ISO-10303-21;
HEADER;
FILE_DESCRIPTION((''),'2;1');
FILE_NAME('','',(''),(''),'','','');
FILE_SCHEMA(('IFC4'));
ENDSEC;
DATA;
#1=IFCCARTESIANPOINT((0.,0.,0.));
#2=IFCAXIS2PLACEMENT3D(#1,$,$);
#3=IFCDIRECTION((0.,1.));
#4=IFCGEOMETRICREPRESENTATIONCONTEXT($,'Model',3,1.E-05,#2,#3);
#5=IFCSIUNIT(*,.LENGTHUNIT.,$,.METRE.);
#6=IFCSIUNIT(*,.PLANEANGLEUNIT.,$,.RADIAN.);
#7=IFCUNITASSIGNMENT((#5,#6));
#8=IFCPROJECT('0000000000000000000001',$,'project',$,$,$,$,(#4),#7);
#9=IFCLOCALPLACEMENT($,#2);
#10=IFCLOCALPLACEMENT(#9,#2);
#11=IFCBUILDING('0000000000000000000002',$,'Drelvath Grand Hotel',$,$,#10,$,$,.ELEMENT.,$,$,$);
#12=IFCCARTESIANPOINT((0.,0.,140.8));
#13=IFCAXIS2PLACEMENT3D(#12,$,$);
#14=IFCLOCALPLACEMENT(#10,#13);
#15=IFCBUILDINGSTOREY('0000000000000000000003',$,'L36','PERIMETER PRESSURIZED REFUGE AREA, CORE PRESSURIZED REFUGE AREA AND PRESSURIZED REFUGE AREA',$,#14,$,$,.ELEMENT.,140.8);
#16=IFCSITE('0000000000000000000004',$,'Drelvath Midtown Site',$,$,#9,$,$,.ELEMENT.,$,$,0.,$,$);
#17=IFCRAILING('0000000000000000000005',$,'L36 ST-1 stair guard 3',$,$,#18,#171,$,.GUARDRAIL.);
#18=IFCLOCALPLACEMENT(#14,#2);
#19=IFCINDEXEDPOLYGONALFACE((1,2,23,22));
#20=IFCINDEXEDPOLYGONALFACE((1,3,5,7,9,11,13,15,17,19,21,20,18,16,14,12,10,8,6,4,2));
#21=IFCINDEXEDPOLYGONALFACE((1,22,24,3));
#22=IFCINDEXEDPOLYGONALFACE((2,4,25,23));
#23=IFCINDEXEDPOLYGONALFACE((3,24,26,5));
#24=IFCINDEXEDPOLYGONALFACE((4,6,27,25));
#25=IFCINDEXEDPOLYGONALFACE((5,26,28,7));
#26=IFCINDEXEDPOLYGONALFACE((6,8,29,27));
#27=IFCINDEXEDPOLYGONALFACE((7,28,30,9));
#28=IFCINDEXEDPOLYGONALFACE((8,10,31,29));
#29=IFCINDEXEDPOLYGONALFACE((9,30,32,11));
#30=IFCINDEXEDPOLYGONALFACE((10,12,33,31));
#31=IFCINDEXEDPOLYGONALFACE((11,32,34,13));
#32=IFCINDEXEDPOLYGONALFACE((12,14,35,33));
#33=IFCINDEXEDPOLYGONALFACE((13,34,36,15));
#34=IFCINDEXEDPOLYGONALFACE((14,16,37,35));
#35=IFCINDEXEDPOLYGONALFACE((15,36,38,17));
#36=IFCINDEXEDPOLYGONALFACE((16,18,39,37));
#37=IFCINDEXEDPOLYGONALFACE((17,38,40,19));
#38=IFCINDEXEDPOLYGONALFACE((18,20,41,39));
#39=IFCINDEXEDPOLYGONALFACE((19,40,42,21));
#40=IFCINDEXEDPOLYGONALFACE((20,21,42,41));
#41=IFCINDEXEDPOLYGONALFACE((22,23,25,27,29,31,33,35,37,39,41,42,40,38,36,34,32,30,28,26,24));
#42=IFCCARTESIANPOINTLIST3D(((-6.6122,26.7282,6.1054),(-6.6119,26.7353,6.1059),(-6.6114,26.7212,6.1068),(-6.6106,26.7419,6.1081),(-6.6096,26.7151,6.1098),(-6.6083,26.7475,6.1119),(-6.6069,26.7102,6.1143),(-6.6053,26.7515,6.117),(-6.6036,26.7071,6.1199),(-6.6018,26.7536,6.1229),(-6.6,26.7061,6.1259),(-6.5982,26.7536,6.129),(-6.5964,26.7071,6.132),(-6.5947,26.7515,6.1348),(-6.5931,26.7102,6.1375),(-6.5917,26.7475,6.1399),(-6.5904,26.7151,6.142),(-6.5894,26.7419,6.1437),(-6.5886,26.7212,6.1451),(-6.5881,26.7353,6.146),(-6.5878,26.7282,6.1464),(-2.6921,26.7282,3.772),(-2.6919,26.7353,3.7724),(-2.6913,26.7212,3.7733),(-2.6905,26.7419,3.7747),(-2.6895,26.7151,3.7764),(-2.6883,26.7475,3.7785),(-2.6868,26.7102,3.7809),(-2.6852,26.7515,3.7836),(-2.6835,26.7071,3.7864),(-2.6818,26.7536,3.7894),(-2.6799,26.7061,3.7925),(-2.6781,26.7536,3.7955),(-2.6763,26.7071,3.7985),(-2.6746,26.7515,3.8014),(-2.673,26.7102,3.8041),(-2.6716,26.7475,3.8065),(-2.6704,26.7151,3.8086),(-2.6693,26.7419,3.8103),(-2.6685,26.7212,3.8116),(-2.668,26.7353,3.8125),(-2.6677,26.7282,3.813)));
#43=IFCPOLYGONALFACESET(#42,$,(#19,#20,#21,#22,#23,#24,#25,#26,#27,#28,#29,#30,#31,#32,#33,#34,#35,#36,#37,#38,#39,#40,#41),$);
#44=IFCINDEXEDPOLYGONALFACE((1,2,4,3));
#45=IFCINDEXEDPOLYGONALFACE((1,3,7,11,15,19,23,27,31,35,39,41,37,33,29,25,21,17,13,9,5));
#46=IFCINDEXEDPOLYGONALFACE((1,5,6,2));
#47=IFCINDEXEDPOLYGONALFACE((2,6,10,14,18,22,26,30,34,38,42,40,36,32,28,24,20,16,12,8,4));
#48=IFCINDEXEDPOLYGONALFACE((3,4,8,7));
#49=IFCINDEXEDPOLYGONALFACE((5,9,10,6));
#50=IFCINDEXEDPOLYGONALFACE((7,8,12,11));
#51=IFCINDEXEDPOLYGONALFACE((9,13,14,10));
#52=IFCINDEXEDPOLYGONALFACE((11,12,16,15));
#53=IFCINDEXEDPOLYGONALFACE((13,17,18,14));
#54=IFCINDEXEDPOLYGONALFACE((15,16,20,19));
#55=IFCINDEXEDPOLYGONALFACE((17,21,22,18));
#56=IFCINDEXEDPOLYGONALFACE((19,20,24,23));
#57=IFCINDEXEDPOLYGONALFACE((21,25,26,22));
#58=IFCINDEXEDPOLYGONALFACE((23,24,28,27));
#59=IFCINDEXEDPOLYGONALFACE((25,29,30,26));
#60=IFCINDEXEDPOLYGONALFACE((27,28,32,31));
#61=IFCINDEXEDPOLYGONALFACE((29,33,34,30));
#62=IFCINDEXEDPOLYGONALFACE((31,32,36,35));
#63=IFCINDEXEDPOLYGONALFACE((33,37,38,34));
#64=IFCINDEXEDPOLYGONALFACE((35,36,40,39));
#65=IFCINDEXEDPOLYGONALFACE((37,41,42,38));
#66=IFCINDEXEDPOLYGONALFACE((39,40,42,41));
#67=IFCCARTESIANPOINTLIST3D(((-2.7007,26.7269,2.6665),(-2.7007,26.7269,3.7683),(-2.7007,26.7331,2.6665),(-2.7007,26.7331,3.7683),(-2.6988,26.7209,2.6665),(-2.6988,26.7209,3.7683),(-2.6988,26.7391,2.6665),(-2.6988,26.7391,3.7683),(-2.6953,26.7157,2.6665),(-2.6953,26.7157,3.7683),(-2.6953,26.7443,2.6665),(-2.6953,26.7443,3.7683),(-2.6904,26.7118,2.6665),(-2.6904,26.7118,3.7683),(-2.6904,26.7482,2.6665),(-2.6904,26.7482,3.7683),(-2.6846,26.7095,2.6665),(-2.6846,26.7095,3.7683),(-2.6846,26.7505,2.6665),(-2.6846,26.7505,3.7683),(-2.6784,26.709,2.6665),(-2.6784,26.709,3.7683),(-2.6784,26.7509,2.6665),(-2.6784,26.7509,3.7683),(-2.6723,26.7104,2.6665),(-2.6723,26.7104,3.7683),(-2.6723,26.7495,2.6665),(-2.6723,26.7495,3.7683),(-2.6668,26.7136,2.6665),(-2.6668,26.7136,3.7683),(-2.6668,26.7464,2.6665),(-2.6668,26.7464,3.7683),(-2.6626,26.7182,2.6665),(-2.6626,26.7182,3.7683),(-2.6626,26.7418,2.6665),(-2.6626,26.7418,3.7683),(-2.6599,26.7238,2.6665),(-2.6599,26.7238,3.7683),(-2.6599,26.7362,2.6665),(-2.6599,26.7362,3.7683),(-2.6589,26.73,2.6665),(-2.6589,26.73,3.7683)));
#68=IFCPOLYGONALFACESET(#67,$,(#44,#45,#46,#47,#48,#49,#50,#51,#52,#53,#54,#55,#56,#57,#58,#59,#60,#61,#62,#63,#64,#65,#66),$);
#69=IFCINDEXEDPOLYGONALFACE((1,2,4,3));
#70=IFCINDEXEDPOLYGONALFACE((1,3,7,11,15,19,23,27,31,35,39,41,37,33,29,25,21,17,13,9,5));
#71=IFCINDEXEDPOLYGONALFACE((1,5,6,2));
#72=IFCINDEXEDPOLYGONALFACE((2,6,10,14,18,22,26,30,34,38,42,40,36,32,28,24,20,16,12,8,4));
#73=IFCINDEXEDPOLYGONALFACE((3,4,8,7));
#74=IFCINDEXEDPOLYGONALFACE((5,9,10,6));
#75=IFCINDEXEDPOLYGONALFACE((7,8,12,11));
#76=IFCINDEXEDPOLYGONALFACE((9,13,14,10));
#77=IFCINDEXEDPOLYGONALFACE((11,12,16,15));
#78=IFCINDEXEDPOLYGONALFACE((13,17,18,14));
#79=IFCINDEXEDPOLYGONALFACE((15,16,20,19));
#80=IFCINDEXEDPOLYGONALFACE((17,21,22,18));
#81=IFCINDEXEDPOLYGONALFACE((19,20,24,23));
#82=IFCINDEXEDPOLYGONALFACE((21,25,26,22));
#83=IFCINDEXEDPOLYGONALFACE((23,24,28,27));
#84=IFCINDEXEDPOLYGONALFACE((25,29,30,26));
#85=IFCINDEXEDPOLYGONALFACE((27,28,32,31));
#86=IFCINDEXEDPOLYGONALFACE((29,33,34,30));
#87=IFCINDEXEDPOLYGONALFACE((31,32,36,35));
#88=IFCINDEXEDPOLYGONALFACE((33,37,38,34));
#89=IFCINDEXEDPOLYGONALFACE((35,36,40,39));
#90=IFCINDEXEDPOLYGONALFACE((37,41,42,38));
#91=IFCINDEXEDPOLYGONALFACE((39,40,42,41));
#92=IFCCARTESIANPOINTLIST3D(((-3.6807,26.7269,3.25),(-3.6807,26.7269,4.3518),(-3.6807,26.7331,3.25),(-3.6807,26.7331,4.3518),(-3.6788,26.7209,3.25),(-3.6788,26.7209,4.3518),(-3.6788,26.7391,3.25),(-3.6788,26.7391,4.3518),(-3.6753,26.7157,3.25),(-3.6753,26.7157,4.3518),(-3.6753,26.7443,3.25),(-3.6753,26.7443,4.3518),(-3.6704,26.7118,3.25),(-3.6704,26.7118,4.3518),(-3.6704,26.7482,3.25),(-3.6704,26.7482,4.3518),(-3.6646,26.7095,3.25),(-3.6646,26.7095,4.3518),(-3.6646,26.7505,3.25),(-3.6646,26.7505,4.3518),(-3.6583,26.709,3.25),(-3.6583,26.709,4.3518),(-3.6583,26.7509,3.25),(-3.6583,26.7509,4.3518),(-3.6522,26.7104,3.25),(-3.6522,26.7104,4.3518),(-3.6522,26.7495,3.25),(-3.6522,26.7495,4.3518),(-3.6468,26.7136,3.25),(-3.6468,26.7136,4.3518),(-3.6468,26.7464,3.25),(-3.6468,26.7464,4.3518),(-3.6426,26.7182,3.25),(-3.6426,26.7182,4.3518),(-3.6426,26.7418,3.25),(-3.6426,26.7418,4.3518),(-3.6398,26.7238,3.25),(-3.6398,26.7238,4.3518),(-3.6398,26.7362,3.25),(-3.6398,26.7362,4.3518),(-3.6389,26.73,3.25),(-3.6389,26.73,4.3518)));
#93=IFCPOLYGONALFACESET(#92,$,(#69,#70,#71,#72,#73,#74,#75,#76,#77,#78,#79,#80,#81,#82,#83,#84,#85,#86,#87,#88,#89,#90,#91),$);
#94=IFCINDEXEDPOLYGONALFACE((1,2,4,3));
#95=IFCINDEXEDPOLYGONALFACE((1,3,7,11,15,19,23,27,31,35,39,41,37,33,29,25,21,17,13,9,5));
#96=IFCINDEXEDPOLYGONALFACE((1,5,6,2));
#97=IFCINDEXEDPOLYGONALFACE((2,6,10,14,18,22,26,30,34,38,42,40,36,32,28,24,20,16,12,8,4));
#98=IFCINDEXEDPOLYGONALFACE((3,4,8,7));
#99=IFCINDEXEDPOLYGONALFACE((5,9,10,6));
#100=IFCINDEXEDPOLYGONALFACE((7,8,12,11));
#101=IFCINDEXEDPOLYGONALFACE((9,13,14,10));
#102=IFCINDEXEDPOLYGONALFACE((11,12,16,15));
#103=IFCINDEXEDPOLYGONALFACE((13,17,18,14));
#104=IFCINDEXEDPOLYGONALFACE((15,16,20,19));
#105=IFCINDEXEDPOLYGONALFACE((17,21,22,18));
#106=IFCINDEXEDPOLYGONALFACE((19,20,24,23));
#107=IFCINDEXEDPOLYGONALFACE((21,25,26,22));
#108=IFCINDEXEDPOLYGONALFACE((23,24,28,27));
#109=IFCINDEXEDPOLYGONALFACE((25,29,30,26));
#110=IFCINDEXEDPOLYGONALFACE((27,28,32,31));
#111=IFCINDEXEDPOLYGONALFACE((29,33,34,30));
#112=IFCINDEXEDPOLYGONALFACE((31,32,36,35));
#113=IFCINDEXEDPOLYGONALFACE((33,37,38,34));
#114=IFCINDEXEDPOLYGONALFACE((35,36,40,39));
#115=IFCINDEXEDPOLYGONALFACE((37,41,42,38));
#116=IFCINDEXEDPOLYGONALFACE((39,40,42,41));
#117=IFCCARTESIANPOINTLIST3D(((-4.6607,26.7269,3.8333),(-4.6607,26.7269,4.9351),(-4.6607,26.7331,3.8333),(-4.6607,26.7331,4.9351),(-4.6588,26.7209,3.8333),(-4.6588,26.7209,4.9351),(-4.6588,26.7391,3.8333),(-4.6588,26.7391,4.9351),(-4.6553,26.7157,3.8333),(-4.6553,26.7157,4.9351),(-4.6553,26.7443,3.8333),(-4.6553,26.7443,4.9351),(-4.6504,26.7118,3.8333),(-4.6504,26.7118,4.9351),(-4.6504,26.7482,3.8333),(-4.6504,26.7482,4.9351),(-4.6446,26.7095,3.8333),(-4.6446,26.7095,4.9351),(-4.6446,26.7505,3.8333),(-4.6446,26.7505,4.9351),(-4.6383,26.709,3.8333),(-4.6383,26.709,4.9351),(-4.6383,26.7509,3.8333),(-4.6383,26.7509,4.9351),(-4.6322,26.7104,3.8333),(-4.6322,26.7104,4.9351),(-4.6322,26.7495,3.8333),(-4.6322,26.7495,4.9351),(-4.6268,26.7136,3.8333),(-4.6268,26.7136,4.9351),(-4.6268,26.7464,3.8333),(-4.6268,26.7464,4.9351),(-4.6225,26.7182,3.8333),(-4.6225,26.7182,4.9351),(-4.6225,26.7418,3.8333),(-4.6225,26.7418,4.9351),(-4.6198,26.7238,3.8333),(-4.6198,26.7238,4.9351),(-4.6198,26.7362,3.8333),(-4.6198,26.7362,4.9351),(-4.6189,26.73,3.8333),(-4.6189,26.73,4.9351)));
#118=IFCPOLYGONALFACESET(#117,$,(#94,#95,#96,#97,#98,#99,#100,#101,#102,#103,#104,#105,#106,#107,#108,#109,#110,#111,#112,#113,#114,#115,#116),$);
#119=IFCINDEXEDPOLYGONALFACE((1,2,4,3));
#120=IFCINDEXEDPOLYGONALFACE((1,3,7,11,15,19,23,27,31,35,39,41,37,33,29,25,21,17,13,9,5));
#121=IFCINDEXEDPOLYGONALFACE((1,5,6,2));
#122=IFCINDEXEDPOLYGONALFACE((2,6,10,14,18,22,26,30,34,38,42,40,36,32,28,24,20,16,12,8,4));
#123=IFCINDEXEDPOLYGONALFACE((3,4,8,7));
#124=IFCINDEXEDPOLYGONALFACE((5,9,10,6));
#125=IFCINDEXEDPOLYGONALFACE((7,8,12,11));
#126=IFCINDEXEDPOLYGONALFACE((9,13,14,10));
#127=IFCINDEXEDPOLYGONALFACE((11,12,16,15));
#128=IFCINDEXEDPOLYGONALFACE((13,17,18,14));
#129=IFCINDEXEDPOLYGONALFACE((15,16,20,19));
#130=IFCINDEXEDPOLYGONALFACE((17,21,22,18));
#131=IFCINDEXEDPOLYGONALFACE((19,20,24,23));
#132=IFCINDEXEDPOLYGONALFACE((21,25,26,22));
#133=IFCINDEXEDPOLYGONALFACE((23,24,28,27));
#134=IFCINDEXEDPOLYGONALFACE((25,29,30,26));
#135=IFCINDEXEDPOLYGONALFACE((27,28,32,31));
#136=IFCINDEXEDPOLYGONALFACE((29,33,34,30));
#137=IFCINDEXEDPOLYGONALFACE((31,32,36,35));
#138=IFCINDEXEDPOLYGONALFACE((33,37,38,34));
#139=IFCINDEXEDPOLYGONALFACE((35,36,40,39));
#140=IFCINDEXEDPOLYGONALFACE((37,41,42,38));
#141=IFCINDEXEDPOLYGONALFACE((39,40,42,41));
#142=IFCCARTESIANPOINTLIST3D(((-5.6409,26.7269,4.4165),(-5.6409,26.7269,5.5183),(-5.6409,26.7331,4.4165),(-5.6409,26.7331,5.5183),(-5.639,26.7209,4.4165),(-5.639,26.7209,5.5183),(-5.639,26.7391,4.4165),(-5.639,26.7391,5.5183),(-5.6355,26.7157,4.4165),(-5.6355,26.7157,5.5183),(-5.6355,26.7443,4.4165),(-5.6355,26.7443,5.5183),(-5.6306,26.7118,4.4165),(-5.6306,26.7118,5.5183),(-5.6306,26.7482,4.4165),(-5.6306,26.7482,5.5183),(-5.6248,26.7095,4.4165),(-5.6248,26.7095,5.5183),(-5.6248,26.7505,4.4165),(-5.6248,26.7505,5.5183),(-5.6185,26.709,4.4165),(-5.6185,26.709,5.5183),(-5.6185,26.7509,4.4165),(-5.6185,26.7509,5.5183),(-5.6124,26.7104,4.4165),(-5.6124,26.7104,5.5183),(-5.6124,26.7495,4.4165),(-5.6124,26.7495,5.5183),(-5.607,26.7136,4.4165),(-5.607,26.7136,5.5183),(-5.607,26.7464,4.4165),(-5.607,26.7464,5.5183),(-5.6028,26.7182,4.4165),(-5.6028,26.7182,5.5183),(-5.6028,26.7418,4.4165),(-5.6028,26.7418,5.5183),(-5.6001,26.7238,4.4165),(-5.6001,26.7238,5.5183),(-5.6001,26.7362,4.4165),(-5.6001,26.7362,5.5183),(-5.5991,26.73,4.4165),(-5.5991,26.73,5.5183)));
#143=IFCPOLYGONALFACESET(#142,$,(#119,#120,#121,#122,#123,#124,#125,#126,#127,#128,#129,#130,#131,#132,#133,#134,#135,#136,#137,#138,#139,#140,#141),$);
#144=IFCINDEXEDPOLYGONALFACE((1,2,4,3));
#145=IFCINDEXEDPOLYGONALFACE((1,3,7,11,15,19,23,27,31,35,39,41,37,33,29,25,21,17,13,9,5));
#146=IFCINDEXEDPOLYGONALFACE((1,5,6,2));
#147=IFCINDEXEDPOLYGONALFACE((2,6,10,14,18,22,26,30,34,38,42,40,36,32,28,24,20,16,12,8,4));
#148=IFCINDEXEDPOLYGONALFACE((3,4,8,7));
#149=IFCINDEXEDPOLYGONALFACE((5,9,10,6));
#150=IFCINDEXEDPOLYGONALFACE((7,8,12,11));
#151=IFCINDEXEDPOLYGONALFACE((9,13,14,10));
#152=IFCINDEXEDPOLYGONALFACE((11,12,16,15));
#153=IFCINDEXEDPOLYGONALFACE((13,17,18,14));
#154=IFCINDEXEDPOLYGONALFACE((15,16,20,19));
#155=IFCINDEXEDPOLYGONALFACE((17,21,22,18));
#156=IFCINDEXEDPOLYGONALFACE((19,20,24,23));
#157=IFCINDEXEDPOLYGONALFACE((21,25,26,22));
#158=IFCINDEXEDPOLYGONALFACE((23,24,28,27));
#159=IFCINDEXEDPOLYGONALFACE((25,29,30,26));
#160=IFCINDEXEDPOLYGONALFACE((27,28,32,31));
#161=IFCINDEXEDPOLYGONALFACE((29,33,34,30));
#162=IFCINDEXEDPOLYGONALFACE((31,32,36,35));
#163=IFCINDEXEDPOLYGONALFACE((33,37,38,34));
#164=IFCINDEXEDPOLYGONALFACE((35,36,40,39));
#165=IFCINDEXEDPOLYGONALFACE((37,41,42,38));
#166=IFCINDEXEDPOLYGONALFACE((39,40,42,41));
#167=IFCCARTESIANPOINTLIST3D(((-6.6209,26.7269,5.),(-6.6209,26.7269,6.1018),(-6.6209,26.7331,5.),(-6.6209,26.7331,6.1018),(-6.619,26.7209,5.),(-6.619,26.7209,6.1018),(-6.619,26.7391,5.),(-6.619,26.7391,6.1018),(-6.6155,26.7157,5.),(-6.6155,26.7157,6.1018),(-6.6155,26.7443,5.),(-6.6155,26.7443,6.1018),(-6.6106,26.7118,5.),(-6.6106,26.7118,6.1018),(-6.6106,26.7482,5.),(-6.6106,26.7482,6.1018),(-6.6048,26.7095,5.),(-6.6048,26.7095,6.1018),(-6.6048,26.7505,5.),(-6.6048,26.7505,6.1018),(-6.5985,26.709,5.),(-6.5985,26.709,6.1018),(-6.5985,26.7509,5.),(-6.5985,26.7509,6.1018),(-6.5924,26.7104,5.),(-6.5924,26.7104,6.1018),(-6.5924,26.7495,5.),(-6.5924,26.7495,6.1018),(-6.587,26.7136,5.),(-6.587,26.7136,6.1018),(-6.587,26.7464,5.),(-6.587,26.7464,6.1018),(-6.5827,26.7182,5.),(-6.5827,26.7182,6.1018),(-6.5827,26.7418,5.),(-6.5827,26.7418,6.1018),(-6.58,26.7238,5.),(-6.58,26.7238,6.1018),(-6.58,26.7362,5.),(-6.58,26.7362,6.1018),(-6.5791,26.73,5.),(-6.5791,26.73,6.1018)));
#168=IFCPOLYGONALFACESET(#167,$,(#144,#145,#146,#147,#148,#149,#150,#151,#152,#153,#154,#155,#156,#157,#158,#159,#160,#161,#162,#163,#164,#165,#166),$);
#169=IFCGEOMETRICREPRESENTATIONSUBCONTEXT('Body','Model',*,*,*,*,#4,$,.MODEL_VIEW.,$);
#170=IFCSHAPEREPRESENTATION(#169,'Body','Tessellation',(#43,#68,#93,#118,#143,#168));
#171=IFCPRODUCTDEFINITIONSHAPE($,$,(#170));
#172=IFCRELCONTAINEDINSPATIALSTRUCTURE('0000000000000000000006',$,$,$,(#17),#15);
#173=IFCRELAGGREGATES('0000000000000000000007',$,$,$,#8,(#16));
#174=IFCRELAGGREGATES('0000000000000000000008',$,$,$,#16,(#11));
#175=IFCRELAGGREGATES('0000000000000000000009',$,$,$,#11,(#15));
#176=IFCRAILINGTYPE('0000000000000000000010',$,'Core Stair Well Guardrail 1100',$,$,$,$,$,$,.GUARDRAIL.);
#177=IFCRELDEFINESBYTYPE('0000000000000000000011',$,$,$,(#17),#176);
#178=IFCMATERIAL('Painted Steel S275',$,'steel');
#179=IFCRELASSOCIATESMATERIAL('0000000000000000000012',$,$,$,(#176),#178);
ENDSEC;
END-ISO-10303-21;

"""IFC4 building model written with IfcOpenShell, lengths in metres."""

from ifc_helpers import new_model, si_unit, direction, frame, origin, origin_2d, place, context, subcontext, project, spatial, circle, extrude, material, type_object, element, save


model = new_model("IFC4")

# Units and contexts
model_context = context("Model", 3, precision=1e-05, world=origin(), true_north=direction((0.0, 1.0)))
body_context = subcontext(model_context, "Body", "Model", "MODEL_VIEW")
ifc_project = project(units=[si_unit("LENGTHUNIT", "METRE"), si_unit("PLANEANGLEUNIT", "RADIAN")], contexts=[model_context])

# Site, building, storey
site_placement = place(None, origin())
site = spatial("IfcSite", under=ifc_project, at=site_placement, Name="Drelvath Midtown Site", CompositionType="ELEMENT", RefElevation=0.0)
building_placement = place(site_placement, origin())
building = spatial("IfcBuilding", under=site, at=building_placement, Name="Drelvath Grand Hotel", CompositionType="ELEMENT")
storey_placement = place(building_placement, frame((0.0, 0.0, 140.8)))
storey = spatial("IfcBuildingStorey", under=building, at=storey_placement, Name="L36", Description="PERIMETER PRESSURIZED REFUGE AREA, CORE PRESSURIZED REFUGE AREA AND PRESSURIZED REFUGE AREA", CompositionType="ELEMENT", Elevation=140.8)

# Shared definitions
ifc_material_1 = material(Name="Painted Steel S275", Category="steel")

# Railing
railing_type_1 = type_object("IfcRailingType", Name="Core Stair Well Guardrail 1100", PredefinedType="GUARDRAIL", material=ifc_material_1)
railing_1_placement = place(storey_placement, frame((-2.6799, 26.73, 2.6665)))
element("IfcRailing", 1, at=railing_1_placement, inside=storey, type_object=railing_type_1, Name="L36 ST-1 stair guard 3", PredefinedType="GUARDRAIL", context=body_context, shape_type="SweptSolid", body=[
    extrude(circle(Radius=0.0239, at=origin_2d()), frame((0.0, 0.0, 1.126), z_axis=(-0.859287, 0.0, 0.511494), x_axis=(0.0, -1.0, 0.0)), (0.0, 0.0, 1.0), 4.562),
    extrude(circle(Radius=0.021, at=origin_2d()), origin(), (0.0, 0.0, 1.0), 1.1018),
    extrude(circle(Radius=0.021, at=origin_2d()), frame((-0.98, 0.0, 0.5835)), (0.0, 0.0, 1.0), 1.1018),
    extrude(circle(Radius=0.021, at=origin_2d()), frame((-1.96, 0.0, 1.1667)), (0.0, 0.0, 1.0), 1.1018),
    extrude(circle(Radius=0.021, at=origin_2d()), frame((-2.9402, 0.0, 1.75)), (0.0, 0.0, 1.0), 1.1018),
    extrude(circle(Radius=0.021, at=origin_2d()), frame((-3.9202, 0.0, 2.3335)), (0.0, 0.0, 1.0), 1.1018),
])

save(model, "model.ifc")
